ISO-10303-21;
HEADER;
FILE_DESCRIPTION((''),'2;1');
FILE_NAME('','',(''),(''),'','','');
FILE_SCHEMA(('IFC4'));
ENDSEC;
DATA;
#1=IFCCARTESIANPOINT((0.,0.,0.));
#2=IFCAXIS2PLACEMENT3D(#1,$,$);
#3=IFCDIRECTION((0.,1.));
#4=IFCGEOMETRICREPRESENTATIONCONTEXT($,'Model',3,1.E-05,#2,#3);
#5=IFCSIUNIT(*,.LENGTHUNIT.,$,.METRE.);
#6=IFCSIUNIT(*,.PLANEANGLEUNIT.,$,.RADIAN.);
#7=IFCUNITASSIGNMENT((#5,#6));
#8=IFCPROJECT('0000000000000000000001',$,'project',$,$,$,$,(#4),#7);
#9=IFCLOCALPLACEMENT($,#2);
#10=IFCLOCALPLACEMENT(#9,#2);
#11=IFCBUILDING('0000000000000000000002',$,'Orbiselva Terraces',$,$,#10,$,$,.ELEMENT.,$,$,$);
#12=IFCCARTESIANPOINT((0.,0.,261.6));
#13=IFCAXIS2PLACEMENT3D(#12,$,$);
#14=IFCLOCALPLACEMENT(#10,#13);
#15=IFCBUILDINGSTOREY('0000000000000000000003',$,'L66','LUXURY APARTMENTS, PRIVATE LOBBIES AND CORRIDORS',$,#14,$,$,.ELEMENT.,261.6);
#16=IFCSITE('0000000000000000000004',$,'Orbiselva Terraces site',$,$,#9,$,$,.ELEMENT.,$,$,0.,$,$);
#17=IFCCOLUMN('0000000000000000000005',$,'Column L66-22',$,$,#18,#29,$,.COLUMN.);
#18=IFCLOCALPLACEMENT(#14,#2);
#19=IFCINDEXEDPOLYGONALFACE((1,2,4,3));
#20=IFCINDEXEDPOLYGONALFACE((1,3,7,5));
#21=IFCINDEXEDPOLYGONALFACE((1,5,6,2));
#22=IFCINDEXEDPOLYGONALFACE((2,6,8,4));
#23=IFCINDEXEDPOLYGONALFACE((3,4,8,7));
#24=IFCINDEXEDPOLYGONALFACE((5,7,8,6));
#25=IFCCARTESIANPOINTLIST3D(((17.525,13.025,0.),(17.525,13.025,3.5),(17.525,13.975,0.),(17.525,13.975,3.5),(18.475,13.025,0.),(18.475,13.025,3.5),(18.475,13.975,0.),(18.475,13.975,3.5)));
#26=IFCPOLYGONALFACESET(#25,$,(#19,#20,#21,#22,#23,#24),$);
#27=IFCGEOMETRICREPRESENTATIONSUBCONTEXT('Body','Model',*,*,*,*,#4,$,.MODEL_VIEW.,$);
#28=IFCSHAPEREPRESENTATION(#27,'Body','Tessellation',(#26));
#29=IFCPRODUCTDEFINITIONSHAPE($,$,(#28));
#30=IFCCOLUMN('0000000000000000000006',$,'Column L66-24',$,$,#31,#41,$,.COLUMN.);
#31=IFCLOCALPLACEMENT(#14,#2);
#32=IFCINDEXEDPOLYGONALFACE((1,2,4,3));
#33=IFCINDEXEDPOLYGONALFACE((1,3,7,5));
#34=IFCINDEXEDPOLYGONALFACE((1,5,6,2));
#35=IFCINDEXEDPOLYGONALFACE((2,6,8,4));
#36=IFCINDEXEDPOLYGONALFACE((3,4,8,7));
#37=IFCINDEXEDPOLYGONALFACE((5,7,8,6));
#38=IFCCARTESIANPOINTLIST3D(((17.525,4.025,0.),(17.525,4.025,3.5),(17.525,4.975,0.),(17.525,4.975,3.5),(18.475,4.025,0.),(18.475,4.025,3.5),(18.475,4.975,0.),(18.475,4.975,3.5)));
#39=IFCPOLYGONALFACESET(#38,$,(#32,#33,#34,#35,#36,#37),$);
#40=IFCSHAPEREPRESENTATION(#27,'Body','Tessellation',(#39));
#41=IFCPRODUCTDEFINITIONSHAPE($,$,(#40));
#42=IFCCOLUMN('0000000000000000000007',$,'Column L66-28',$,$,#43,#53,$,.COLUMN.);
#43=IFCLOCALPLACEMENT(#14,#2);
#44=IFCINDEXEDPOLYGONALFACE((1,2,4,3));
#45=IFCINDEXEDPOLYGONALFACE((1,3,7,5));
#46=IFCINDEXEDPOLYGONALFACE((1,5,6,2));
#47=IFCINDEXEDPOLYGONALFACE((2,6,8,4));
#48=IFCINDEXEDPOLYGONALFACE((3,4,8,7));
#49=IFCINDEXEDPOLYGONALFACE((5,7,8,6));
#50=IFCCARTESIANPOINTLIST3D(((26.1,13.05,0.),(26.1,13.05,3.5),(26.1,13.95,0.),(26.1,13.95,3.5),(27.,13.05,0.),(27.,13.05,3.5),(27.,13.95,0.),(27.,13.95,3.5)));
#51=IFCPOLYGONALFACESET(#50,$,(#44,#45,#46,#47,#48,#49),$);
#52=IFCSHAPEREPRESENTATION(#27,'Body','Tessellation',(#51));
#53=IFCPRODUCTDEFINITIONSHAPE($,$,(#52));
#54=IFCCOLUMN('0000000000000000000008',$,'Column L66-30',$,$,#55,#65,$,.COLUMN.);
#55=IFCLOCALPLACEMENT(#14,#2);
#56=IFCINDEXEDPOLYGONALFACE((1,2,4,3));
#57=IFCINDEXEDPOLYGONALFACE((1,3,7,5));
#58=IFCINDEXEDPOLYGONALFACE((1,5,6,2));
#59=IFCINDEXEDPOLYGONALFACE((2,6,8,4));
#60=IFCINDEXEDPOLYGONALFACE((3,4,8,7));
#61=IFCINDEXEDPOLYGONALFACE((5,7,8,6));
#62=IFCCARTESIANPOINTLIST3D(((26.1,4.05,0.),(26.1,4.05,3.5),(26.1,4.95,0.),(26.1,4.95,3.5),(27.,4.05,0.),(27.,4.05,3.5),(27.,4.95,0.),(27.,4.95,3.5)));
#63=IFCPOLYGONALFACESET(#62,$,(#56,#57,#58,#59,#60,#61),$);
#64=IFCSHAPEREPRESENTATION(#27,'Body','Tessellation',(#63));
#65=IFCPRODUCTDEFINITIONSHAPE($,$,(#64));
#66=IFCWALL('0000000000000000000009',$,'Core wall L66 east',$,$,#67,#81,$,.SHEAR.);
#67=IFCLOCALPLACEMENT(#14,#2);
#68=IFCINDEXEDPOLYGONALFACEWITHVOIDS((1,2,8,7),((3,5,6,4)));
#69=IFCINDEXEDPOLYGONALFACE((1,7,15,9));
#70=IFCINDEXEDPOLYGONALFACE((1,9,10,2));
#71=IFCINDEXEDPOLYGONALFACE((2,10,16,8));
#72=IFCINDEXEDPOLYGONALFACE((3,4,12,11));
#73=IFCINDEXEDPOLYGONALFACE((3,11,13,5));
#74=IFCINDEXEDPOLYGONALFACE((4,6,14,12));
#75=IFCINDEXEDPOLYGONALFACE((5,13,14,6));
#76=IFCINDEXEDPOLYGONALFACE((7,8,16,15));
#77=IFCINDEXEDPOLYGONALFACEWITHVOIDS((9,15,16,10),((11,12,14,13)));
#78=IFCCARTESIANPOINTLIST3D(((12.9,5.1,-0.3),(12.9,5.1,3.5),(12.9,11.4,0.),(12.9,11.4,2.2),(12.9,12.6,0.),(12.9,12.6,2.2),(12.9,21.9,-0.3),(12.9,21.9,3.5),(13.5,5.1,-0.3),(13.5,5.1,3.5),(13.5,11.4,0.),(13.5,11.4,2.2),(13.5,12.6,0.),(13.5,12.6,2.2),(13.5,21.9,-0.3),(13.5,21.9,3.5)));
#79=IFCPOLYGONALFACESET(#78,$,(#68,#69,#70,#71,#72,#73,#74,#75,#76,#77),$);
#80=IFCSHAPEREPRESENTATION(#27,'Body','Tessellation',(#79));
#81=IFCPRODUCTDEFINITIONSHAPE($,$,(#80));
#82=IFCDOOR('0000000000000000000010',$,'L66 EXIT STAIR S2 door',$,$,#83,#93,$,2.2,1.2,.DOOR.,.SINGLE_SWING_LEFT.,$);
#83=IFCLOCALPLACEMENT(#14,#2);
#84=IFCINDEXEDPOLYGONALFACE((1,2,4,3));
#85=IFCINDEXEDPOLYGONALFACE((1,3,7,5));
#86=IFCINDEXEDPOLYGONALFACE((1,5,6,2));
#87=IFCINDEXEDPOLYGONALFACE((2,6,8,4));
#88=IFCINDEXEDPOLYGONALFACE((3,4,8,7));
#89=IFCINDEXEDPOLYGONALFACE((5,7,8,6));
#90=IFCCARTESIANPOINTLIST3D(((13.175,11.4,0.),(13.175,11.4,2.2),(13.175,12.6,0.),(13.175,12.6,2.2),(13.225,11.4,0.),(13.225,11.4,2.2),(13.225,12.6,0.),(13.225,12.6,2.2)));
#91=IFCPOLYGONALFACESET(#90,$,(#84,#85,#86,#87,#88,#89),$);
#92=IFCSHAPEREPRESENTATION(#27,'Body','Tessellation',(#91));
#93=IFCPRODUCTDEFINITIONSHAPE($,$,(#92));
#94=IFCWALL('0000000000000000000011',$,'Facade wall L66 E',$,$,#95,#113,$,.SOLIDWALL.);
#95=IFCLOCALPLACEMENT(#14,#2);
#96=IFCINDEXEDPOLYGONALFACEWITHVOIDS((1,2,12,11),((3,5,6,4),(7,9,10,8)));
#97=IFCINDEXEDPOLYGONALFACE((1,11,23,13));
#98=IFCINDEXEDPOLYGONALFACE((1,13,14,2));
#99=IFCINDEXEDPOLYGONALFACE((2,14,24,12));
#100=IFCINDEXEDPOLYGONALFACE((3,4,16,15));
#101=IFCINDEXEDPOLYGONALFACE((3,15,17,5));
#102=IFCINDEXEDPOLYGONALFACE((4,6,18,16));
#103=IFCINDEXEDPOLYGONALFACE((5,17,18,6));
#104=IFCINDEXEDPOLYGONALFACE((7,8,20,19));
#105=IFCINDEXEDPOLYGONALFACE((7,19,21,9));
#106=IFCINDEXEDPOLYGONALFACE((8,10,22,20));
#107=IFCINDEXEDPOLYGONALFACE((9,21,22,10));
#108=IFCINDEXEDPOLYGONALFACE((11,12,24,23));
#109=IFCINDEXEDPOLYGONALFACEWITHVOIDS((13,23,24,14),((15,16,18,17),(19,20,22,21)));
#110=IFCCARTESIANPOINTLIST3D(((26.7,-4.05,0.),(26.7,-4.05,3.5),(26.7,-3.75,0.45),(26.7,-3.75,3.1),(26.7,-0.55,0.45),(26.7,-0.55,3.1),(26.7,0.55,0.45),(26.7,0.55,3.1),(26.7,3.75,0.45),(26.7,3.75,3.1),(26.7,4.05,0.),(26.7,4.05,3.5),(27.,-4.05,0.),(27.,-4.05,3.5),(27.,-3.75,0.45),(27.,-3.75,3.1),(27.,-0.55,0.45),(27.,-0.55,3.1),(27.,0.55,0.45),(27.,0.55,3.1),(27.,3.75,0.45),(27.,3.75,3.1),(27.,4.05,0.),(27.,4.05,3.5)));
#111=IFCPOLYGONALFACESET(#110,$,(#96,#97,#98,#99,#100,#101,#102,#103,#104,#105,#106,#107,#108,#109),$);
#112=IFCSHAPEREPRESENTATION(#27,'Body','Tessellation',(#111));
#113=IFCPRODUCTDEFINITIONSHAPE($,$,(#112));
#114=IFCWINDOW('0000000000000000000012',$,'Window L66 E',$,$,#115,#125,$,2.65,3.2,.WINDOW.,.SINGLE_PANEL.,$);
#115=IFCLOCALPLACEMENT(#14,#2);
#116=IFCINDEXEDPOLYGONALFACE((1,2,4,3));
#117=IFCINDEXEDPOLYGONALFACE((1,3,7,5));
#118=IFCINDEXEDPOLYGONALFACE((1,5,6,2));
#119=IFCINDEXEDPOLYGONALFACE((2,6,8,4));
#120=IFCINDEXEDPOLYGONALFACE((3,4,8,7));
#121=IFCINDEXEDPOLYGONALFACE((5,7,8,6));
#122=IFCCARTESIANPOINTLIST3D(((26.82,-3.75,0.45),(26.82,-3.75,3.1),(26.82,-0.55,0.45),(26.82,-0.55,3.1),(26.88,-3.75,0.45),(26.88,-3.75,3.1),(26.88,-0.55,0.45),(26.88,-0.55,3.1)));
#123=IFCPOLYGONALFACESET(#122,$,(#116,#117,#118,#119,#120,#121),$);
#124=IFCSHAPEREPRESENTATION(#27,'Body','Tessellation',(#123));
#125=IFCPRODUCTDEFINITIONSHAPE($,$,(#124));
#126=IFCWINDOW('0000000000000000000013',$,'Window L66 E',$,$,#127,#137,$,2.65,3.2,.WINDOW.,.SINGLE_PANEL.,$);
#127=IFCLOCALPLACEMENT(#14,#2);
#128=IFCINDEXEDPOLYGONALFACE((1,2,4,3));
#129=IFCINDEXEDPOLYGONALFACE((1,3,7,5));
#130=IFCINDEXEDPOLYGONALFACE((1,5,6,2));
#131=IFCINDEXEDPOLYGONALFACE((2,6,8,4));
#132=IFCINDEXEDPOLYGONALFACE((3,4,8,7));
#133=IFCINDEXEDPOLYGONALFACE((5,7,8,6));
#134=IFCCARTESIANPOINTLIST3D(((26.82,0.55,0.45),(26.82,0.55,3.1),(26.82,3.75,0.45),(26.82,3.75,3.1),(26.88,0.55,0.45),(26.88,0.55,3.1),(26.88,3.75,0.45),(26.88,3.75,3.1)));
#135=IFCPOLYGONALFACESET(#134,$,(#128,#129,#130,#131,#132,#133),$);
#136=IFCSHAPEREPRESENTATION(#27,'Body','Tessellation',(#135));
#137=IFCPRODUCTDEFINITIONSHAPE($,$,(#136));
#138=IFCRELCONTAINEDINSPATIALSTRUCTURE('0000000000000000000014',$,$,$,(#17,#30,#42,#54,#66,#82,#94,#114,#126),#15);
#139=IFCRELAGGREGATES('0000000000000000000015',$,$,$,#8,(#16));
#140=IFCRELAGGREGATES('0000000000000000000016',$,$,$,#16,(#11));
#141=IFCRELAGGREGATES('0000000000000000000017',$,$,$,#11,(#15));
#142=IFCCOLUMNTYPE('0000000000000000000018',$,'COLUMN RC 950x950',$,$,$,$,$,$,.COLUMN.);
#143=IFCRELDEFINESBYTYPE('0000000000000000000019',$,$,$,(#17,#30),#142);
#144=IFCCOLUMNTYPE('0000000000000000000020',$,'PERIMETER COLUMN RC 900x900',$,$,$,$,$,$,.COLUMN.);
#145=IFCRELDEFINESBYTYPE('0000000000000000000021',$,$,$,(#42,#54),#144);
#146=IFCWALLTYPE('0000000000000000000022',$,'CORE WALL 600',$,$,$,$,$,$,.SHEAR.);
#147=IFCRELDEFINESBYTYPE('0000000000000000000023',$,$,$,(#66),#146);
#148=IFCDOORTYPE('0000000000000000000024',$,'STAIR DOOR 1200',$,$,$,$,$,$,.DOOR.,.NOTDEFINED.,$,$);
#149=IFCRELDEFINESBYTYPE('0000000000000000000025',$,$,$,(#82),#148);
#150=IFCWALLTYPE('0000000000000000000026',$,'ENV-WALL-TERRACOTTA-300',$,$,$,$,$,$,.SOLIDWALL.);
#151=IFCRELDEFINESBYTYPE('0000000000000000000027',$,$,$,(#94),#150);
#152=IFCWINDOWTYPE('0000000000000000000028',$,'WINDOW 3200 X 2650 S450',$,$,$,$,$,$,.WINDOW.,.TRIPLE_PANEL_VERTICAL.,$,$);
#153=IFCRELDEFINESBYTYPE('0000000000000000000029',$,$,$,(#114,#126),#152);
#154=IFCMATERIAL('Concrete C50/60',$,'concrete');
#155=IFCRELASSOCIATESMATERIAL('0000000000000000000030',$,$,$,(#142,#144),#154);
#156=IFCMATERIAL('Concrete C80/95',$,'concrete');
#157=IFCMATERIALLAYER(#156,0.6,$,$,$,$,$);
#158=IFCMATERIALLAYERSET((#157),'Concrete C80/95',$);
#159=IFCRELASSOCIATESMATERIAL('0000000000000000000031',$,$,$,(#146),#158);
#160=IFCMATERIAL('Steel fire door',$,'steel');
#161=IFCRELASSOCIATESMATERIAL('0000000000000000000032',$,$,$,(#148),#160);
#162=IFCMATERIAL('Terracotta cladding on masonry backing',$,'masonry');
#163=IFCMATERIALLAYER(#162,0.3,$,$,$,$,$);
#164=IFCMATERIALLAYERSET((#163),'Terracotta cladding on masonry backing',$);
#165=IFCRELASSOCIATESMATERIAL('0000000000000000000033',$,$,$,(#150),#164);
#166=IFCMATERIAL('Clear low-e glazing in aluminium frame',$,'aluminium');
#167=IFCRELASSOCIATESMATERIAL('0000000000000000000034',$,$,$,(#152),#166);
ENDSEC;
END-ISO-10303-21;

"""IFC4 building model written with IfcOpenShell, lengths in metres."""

from ifc_helpers import new_model, si_unit, direction, frame, frame_2d, origin, origin_2d, place, context, subcontext, project, spatial, rectangle, extrude, material, layer, layer_set, material_profile, profile_set, type_object, element, fill, save


model = new_model("IFC4")

# Units and contexts
model_context = context("Model", 3, precision=1e-05, world=origin(), true_north=direction((0.0, 1.0)))
body_context = subcontext(model_context, "Body", "Model", "MODEL_VIEW")
ifc_project = project(units=[si_unit("LENGTHUNIT", "METRE"), si_unit("PLANEANGLEUNIT", "RADIAN")], contexts=[model_context])

# Site, building, storey
site_placement = place(None, origin())
site = spatial("IfcSite", under=ifc_project, at=site_placement, Name="Orbiselva Terraces site", CompositionType="ELEMENT", RefElevation=0.0)
building_placement = place(site_placement, origin())
building = spatial("IfcBuilding", under=site, at=building_placement, Name="Orbiselva Terraces", CompositionType="ELEMENT")
storey_placement = place(building_placement, frame((0.0, 0.0, 261.6)))
storey = spatial("IfcBuildingStorey", under=building, at=storey_placement, Name="L66", Description="LUXURY APARTMENTS, PRIVATE LOBBIES AND CORRIDORS", CompositionType="ELEMENT", Elevation=261.6)

# Columns
ifc_material_1 = material(Name="Concrete C50/60", Category="concrete")
ifc_material_profile_1 = material_profile(ifc_material_1, rectangle(XDim=0.95, YDim=0.95, at=origin_2d()), Name="RC 950x950")
ifc_profile_set_1 = profile_set([ifc_material_profile_1], Name="Concrete C50/60")
column_type_1 = type_object("IfcColumnType", Name="COLUMN RC 950x950", PredefinedType="COLUMN", material=ifc_profile_set_1)
for number, where, z_axis, x_axis, name in (
    (1, (18.0, 13.5, 0.0), (0.0, 0.0, 1.0), (1.0, 0.0, 0.0), "Column L66-22"),
    (2, (18.0, 4.5, 0.0), (0.0, 0.0, 1.0), (1.0, 0.0, 0.0), "Column L66-24"),
):
    element("IfcColumn", number, at=place(storey_placement, frame(where, z_axis=z_axis, x_axis=x_axis)), inside=storey, type_object=column_type_1, Name=name, PredefinedType="COLUMN", context=body_context, shape_type="SweptSolid", body=[
        extrude(rectangle(XDim=0.95, YDim=0.95, at=origin_2d()), origin(), (0.0, 0.0, 1.0), 3.5),
    ])
ifc_material_profile_2 = material_profile(ifc_material_1, rectangle(XDim=0.9, YDim=0.9, at=origin_2d()), Name="RC 900x900")
ifc_profile_set_2 = profile_set([ifc_material_profile_2], Name="Concrete C50/60")
column_type_2 = type_object("IfcColumnType", Name="PERIMETER COLUMN RC 900x900", PredefinedType="COLUMN", material=ifc_profile_set_2)
for number, where, z_axis, x_axis, name in (
    (3, (26.55, 13.5, 0.0), (0.0, 0.0, 1.0), (1.0, 0.0, 0.0), "Column L66-28"),
    (4, (26.55, 4.5, 0.0), (0.0, 0.0, 1.0), (1.0, 0.0, 0.0), "Column L66-30"),
):
    element("IfcColumn", number, at=place(storey_placement, frame(where, z_axis=z_axis, x_axis=x_axis)), inside=storey, type_object=column_type_2, Name=name, PredefinedType="COLUMN", context=body_context, shape_type="SweptSolid", body=[
        extrude(rectangle(XDim=0.9, YDim=0.9, at=origin_2d()), origin(), (0.0, 0.0, 1.0), 3.5),
    ])

# Wall, opening, door
ifc_material_2 = material(Name="Concrete C80/95", Category="concrete")
ifc_layer_1 = layer(ifc_material_2, 0.6)
ifc_layer_set_1 = layer_set([ifc_layer_1], Name="Concrete C80/95")
wall_type_1 = type_object("IfcWallType", Name="CORE WALL 600", PredefinedType="SHEAR", material=ifc_layer_set_1)
wall_1_placement = place(storey_placement, frame((13.2, 5.1, -0.3), z_axis=(0.0, 0.0, 1.0), x_axis=(0.0, 1.0, 0.0)))
wall_1 = element("IfcWall", 5, at=wall_1_placement, inside=storey, type_object=wall_type_1, Name="Core wall L66 east", PredefinedType="SHEAR", context=body_context, shape_type="SweptSolid", body=[
    extrude(rectangle(XDim=16.8, YDim=0.6, at=frame_2d((8.4, 0.0))), origin(), (0.0, 0.0, 1.0), 3.8),
])
opening_1_placement = place(wall_1_placement, frame((6.3, 0.0, 0.3)))
opening_1 = element("IfcOpeningElement", 6, at=opening_1_placement, cuts=wall_1, PredefinedType="OPENING", context=body_context, shape_type="SweptSolid", body=[
    extrude(rectangle(XDim=1.2, YDim=2.2, at=frame_2d((0.6, 1.1))), frame((0.0, 0.31, 0.0), z_axis=(0.0, -1.0, 0.0), x_axis=(1.0, 0.0, 0.0)), (0.0, 0.0, 1.0), 0.62),
])
ifc_material_3 = material(Name="Steel fire door", Category="steel")
door_type_1 = type_object("IfcDoorType", Name="STAIR DOOR 1200", OperationType="NOTDEFINED", PredefinedType="DOOR", material=ifc_material_3)
door_1_placement = place(opening_1_placement, frame((1.2, 0.0, 0.0), z_axis=(0.0, 0.0, 1.0), x_axis=(-1.0, 0.0, 0.0)))
door_1 = element("IfcDoor", 7, at=door_1_placement, inside=storey, type_object=door_type_1, Name="L66 EXIT STAIR S2 door", OperationType="SINGLE_SWING_LEFT", OverallHeight=2.2, OverallWidth=1.2, PredefinedType="DOOR", context=body_context, shape_type="SweptSolid", body=[
    extrude(rectangle(XDim=1.2, YDim=2.2, at=frame_2d((0.6, 1.1))), frame((0.0, 0.025, 0.0), z_axis=(0.0, -1.0, 0.0), x_axis=(1.0, 0.0, 0.0)), (0.0, 0.0, 1.0), 0.05),
])
fill(opening_1, door_1)

# Wall, openings, windows
ifc_material_4 = material(Name="Terracotta cladding on masonry backing", Category="masonry")
ifc_layer_2 = layer(ifc_material_4, 0.3)
ifc_layer_set_2 = layer_set([ifc_layer_2], Name="Terracotta cladding on masonry backing")
wall_type_2 = type_object("IfcWallType", Name="ENV-WALL-TERRACOTTA-300", PredefinedType="SOLIDWALL", material=ifc_layer_set_2)
wall_2_placement = place(storey_placement, frame((26.85, 4.05, 0.0), z_axis=(0.0, 0.0, 1.0), x_axis=(0.0, -1.0, 0.0)))
wall_2 = element("IfcWall", 8, at=wall_2_placement, inside=storey, type_object=wall_type_2, Name="Facade wall L66 E", PredefinedType="SOLIDWALL", context=body_context, shape_type="SweptSolid", body=[
    extrude(rectangle(XDim=8.1, YDim=0.3, at=frame_2d((4.05, 0.0))), origin(), (0.0, 0.0, 1.0), 3.5),
])
opening_2_placement = place(wall_2_placement, frame((4.6, 0.0, 0.45)))
opening_2 = element("IfcOpeningElement", 9, at=opening_2_placement, cuts=wall_2, PredefinedType="OPENING", context=body_context, shape_type="SweptSolid", body=[
    extrude(rectangle(XDim=3.2, YDim=2.65, at=frame_2d((1.6, 1.325))), frame((0.0, 0.16, 0.0), z_axis=(0.0, -1.0, 0.0), x_axis=(1.0, 0.0, 0.0)), (0.0, 0.0, 1.0), 0.32),
])
opening_3_placement = place(wall_2_placement, frame((0.3, 0.0, 0.45)))
opening_3 = element("IfcOpeningElement", 10, at=opening_3_placement, cuts=wall_2, PredefinedType="OPENING", context=body_context, shape_type="SweptSolid", body=[
    extrude(rectangle(XDim=3.2, YDim=2.65, at=frame_2d((1.6, 1.325))), frame((0.0, 0.16, 0.0), z_axis=(0.0, -1.0, 0.0), x_axis=(1.0, 0.0, 0.0)), (0.0, 0.0, 1.0), 0.32),
])
ifc_material_5 = material(Name="Clear low-e glazing in aluminium frame", Category="aluminium")
window_type = type_object("IfcWindowType", Name="WINDOW 3200 X 2650 S450", PartitioningType="TRIPLE_PANEL_VERTICAL", PredefinedType="WINDOW", material=ifc_material_5)
window_1_placement = place(opening_2_placement, origin())
window_1 = element("IfcWindow", 11, at=window_1_placement, inside=storey, type_object=window_type, Name="Window L66 E", OverallHeight=2.65, OverallWidth=3.2, PartitioningType="SINGLE_PANEL", PredefinedType="WINDOW", context=body_context, shape_type="SweptSolid", body=[
    extrude(rectangle(XDim=3.2, YDim=2.65, at=frame_2d((1.6, 1.325))), frame((0.0, 0.03, 0.0), z_axis=(0.0, -1.0, 0.0), x_axis=(1.0, 0.0, 0.0)), (0.0, 0.0, 1.0), 0.06),
])
fill(opening_2, window_1)
window_2_placement = place(opening_3_placement, origin())
window_2 = element("IfcWindow", 12, at=window_2_placement, inside=storey, type_object=window_type, Name="Window L66 E", OverallHeight=2.65, OverallWidth=3.2, PartitioningType="SINGLE_PANEL", PredefinedType="WINDOW", context=body_context, shape_type="SweptSolid", body=[
    extrude(rectangle(XDim=3.2, YDim=2.65, at=frame_2d((1.6, 1.325))), frame((0.0, 0.03, 0.0), z_axis=(0.0, -1.0, 0.0), x_axis=(1.0, 0.0, 0.0)), (0.0, 0.0, 1.0), 0.06),
])
fill(opening_3, window_2)

save(model, "model.ifc")
